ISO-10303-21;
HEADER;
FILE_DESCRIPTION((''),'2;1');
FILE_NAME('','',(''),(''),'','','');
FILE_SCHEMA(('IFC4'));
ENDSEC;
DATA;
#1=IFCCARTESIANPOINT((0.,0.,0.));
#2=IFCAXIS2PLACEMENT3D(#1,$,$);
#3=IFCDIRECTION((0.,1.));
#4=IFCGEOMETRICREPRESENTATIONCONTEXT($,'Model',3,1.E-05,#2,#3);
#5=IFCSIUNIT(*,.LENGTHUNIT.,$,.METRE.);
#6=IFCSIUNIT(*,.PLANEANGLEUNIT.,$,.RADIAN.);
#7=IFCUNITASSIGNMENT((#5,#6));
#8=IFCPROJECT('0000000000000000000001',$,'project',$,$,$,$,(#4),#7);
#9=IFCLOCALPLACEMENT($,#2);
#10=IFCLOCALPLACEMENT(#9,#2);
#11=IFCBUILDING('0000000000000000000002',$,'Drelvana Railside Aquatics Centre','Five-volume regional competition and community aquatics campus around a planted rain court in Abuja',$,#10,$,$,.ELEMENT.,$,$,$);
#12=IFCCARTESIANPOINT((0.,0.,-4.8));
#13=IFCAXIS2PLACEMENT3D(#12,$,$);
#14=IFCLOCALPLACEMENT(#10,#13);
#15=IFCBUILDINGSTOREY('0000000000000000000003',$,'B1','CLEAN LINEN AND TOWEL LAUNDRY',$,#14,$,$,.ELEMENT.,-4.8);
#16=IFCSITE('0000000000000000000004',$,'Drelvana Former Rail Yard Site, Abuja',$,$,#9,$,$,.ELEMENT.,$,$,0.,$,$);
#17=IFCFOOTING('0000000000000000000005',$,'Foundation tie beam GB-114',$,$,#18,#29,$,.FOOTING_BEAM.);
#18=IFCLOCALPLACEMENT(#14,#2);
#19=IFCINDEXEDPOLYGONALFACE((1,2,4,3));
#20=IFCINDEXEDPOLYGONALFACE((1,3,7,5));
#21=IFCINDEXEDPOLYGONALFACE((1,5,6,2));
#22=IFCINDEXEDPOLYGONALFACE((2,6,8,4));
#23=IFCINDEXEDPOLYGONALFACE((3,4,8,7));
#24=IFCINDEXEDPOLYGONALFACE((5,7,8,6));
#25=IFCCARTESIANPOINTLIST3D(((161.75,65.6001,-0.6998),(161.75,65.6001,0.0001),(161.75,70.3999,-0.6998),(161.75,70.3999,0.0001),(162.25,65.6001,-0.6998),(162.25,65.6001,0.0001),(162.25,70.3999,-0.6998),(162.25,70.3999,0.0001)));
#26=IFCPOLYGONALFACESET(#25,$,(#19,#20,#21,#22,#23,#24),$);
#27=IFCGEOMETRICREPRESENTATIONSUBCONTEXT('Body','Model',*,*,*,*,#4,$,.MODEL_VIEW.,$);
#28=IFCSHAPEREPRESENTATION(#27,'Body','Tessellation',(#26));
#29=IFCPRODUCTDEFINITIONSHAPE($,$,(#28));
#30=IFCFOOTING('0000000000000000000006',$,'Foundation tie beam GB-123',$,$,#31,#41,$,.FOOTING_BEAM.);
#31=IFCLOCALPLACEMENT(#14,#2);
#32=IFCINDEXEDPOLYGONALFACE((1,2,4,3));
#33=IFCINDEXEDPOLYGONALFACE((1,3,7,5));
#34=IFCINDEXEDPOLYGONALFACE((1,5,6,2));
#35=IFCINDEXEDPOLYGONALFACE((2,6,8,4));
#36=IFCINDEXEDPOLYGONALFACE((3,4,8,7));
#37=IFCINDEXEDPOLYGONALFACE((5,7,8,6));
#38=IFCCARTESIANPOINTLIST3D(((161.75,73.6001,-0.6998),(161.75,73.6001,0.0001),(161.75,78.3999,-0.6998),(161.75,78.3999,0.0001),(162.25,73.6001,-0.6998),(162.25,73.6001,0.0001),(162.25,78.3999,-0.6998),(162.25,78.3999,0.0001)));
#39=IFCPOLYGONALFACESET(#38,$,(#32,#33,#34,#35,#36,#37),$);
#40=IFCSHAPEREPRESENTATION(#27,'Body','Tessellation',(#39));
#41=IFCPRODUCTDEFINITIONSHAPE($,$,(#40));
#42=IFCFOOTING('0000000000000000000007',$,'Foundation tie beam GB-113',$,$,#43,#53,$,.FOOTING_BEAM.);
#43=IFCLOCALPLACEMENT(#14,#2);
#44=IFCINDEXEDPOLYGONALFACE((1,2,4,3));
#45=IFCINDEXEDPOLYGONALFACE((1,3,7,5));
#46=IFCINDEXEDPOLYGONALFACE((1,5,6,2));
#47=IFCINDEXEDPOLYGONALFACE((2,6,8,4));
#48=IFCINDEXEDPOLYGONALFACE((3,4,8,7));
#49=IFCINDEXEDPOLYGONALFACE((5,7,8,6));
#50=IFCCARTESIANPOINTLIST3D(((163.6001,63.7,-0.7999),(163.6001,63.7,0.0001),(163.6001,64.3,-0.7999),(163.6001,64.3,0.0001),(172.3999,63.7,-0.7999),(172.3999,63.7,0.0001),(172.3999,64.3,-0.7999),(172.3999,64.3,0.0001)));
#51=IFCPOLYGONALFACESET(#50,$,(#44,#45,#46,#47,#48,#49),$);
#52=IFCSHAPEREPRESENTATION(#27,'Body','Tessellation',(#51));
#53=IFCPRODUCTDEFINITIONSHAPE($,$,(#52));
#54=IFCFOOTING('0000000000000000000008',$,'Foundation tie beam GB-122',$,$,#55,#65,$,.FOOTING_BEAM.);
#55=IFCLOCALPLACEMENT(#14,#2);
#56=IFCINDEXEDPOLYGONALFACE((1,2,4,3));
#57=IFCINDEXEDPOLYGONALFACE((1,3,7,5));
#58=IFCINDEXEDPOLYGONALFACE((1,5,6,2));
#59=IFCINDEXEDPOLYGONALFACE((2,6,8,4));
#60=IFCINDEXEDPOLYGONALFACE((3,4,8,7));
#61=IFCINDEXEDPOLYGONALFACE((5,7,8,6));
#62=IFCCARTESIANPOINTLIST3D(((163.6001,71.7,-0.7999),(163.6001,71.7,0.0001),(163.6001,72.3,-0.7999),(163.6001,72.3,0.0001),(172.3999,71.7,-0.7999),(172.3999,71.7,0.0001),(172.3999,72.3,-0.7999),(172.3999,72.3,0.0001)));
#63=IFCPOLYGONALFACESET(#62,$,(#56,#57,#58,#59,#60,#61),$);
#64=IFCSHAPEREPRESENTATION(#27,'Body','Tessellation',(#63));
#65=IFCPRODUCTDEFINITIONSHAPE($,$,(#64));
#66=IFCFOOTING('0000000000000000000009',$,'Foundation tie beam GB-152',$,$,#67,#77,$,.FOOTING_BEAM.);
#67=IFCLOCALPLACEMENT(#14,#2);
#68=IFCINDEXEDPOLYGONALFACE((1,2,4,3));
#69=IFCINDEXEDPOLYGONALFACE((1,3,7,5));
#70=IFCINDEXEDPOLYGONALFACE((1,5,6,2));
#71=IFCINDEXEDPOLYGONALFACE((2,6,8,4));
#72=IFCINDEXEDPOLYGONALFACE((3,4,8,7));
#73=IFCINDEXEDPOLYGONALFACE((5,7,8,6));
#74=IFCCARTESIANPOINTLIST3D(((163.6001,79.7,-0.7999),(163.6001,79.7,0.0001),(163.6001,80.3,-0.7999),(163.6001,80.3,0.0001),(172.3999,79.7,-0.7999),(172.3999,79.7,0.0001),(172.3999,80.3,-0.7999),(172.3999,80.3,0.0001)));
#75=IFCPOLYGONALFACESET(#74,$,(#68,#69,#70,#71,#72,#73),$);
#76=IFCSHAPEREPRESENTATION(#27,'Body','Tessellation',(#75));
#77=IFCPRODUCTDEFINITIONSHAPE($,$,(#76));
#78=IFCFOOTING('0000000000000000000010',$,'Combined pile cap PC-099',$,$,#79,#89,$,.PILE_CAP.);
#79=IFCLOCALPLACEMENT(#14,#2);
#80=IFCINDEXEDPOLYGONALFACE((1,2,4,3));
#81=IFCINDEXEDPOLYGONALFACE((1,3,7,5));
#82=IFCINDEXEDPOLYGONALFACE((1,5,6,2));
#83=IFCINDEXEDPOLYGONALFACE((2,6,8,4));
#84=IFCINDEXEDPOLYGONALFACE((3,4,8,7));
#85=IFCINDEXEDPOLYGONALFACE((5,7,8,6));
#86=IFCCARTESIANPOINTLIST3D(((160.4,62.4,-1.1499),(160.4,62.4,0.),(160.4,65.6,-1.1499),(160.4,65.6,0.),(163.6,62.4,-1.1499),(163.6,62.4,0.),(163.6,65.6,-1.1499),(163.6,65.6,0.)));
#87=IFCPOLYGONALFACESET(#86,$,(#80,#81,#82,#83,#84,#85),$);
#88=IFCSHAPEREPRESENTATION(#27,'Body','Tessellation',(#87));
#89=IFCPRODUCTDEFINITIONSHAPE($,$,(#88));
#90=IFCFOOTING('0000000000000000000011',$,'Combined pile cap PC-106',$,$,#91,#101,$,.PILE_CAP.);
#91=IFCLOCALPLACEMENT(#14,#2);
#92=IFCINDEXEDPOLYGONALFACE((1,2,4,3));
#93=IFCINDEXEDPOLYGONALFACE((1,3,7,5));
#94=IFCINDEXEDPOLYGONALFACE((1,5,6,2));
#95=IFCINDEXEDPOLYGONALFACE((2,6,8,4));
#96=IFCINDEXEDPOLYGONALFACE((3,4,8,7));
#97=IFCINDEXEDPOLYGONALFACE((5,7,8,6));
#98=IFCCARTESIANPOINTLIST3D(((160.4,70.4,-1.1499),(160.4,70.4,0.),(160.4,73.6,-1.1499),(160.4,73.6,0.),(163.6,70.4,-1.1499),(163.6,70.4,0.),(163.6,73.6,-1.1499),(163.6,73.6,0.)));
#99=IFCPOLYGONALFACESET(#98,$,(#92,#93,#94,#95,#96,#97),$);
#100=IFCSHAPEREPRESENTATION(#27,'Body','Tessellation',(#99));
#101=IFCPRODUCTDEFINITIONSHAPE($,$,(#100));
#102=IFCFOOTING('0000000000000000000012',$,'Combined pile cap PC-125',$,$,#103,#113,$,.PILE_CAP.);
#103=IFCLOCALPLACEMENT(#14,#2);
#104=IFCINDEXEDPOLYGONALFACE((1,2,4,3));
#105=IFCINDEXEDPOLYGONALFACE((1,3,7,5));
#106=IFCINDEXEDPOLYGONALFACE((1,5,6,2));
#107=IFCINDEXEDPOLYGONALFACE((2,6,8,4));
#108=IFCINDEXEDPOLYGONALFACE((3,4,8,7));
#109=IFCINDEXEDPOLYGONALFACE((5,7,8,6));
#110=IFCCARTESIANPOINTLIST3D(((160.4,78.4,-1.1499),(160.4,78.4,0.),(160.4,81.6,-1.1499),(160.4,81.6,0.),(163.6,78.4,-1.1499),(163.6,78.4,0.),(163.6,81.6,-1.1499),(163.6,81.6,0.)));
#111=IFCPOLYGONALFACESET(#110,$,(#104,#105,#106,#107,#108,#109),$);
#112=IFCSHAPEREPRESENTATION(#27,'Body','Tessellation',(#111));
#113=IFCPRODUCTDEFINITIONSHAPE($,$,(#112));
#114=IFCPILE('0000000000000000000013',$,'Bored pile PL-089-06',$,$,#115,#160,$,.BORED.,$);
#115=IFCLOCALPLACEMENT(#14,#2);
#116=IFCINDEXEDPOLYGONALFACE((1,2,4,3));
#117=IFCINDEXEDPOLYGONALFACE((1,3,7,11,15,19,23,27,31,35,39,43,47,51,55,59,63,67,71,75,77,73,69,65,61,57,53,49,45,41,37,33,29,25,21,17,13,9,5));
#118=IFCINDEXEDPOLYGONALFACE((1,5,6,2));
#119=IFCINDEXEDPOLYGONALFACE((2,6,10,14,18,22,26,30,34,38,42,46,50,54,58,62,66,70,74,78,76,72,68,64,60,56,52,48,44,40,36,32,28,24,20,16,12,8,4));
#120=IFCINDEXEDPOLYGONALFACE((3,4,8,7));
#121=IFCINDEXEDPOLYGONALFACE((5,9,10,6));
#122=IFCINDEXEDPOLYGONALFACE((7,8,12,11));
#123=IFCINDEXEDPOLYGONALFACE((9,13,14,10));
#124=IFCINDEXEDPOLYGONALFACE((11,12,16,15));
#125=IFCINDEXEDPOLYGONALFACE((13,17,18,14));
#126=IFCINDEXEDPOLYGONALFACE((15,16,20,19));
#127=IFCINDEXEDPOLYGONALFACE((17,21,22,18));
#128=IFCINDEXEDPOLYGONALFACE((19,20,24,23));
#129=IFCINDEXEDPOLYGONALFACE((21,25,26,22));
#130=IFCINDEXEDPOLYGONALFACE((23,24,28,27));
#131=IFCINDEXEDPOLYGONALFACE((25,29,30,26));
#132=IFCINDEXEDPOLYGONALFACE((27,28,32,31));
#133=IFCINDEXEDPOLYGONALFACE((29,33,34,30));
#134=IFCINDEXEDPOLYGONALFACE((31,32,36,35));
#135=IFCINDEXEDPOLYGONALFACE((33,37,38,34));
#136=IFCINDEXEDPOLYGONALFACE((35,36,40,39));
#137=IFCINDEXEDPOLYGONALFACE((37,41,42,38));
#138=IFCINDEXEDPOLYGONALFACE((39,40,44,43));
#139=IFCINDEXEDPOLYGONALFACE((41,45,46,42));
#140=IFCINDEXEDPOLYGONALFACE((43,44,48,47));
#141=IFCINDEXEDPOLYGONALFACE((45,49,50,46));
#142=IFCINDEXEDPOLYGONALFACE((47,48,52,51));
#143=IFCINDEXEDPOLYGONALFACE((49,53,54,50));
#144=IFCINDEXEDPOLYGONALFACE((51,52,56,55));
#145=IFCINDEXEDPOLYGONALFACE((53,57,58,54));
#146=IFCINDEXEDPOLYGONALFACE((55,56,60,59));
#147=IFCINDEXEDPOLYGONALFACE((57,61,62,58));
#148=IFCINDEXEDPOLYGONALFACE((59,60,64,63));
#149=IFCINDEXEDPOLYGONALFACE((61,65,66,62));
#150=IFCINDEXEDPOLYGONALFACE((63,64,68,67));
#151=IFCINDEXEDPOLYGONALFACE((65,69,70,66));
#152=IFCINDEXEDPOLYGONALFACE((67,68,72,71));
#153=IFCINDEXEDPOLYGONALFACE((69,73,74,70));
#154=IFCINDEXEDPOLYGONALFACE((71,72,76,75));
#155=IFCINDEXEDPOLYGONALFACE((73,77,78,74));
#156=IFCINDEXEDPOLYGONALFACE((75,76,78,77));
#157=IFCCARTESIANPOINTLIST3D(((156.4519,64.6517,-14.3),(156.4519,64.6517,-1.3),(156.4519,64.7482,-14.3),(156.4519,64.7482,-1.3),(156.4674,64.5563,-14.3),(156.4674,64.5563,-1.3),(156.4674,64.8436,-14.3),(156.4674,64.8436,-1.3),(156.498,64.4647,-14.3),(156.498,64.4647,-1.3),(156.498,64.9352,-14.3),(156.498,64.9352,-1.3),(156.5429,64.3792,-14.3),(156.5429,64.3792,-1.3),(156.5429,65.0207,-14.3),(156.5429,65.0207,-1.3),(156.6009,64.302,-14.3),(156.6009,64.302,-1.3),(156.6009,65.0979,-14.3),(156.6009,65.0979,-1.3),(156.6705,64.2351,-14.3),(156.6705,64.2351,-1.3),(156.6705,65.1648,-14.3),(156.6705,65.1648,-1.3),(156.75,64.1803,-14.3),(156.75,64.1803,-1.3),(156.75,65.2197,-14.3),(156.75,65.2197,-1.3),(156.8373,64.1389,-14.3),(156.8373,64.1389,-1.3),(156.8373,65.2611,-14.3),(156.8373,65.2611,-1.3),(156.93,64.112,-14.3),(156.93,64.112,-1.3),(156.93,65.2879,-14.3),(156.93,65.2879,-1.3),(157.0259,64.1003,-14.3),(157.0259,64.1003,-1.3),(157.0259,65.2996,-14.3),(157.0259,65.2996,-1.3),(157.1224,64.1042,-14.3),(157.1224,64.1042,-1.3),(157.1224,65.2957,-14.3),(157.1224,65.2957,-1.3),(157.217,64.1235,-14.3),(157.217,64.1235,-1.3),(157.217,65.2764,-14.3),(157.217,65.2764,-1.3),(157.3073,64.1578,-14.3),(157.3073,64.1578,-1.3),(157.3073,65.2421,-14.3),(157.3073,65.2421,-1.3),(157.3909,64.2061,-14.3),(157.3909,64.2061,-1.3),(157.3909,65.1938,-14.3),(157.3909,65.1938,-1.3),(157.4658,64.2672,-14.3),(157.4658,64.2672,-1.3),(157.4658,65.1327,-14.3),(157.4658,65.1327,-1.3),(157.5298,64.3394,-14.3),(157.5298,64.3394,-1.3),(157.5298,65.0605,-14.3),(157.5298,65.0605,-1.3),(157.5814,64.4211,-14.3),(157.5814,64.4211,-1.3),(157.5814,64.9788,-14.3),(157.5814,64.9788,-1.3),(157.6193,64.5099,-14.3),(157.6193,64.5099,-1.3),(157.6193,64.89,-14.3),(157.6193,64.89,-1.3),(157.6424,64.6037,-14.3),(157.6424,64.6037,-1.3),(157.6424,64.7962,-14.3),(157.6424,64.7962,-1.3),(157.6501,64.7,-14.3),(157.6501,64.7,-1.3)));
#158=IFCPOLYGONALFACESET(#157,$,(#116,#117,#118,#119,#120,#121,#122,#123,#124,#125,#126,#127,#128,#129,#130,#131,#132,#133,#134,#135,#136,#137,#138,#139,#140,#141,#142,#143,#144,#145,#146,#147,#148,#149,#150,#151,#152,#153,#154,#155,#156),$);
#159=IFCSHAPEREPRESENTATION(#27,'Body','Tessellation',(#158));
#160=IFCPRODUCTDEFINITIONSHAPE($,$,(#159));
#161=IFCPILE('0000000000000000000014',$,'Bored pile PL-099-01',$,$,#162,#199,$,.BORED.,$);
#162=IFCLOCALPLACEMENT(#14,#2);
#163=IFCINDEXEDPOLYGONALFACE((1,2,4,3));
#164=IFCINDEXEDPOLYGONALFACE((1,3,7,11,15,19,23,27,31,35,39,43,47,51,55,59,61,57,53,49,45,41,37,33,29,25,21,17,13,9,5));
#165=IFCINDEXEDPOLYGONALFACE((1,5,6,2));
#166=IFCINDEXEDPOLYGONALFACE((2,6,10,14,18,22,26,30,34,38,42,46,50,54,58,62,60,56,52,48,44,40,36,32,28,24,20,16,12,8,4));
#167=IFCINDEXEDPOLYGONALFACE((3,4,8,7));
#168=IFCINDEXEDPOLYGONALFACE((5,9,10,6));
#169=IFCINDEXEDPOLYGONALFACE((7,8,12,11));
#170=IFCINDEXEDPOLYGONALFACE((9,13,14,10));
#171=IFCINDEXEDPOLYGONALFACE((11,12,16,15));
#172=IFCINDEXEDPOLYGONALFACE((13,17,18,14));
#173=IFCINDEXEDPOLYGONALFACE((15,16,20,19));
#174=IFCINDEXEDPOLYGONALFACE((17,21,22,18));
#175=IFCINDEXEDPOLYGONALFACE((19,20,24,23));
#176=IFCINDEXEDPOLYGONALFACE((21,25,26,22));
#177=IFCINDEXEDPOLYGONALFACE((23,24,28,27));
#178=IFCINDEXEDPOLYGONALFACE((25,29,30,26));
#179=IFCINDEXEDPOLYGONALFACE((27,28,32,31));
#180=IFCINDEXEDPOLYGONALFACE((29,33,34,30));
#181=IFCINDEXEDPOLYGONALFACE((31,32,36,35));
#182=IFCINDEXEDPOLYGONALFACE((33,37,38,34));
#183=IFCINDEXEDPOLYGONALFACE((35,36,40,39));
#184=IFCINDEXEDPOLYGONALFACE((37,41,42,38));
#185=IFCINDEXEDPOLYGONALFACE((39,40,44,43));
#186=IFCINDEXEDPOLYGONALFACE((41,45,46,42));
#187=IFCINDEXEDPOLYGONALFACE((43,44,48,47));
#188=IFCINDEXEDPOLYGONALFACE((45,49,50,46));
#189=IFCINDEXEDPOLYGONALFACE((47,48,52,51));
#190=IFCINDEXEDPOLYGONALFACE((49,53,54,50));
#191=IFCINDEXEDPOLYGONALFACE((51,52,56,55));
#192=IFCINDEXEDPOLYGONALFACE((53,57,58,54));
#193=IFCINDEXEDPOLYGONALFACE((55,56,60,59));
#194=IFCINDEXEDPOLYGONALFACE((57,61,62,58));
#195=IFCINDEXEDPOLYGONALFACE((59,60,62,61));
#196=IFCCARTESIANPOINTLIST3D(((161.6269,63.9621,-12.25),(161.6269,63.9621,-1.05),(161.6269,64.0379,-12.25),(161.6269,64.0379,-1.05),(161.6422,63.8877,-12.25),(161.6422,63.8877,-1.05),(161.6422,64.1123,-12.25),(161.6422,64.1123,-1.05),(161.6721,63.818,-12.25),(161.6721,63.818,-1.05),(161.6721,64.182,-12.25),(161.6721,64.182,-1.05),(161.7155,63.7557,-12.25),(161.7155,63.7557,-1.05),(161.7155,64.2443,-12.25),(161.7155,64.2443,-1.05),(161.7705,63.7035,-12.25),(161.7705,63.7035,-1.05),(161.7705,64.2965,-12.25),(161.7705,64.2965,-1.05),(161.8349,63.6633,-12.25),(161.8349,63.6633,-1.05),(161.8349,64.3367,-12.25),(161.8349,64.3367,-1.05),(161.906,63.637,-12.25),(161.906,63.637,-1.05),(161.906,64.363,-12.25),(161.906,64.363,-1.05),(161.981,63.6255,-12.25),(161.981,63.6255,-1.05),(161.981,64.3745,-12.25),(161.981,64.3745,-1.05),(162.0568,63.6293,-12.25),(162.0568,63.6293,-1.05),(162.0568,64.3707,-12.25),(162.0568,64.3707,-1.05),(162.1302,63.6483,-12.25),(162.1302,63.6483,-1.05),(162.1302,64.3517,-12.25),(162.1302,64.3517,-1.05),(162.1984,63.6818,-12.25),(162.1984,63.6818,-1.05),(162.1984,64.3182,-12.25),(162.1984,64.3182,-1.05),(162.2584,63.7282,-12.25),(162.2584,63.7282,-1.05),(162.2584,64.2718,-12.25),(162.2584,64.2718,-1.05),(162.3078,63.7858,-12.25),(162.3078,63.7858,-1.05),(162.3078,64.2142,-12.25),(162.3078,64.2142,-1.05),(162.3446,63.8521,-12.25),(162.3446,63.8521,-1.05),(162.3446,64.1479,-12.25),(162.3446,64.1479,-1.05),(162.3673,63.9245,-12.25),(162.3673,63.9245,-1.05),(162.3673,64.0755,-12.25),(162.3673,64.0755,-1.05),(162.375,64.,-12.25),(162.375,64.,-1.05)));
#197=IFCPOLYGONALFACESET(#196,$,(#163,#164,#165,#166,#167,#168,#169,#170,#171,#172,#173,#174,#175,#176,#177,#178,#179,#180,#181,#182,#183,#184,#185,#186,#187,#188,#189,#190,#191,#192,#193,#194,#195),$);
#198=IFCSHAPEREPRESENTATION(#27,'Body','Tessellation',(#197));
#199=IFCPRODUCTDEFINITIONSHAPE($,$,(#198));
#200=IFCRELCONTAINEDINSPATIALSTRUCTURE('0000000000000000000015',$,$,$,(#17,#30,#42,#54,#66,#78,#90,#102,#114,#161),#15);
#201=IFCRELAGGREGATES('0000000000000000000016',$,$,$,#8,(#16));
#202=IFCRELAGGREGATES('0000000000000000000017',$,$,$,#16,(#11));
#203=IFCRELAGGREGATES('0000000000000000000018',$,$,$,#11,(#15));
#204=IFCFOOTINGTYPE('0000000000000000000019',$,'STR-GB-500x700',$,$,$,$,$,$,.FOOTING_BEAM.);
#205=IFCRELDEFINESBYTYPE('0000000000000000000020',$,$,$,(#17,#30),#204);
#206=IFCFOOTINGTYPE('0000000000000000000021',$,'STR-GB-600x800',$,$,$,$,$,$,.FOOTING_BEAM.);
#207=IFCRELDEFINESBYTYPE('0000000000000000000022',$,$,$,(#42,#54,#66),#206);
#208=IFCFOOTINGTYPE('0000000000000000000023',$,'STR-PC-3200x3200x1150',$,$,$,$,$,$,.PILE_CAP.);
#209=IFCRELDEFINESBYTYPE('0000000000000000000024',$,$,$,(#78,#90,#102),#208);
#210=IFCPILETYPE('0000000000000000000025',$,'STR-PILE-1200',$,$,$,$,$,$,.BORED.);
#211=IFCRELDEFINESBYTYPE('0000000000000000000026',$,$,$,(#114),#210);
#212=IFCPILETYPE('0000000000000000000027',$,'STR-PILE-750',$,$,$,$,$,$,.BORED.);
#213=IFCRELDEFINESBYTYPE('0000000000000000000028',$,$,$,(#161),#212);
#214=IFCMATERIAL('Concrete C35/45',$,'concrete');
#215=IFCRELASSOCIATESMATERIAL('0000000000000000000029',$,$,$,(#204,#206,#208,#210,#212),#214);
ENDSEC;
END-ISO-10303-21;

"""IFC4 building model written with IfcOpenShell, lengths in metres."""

from ifc_helpers import new_model, si_unit, direction, frame, origin, origin_2d, place, context, subcontext, project, spatial, rectangle, circle, extrude, material, material_profile, profile_set, type_object, element, save


model = new_model("IFC4")

# Units and contexts
model_context = context("Model", 3, precision=1e-05, world=origin(), true_north=direction((0.0, 1.0)))
body_context = subcontext(model_context, "Body", "Model", "MODEL_VIEW")
ifc_project = project(units=[si_unit("LENGTHUNIT", "METRE"), si_unit("PLANEANGLEUNIT", "RADIAN")], contexts=[model_context])

# Site, building, storey
site_placement = place(None, origin())
site = spatial("IfcSite", under=ifc_project, at=site_placement, Name="Drelvana Former Rail Yard Site, Abuja", CompositionType="ELEMENT", RefElevation=0.0)
building_placement = place(site_placement, origin())
building = spatial("IfcBuilding", under=site, at=building_placement, Name="Drelvana Railside Aquatics Centre", Description="Five-volume regional competition and community aquatics campus around a planted rain court in Abuja", CompositionType="ELEMENT")
storey_placement = place(building_placement, frame((0.0, 0.0, -4.8)))
storey = spatial("IfcBuildingStorey", under=building, at=storey_placement, Name="B1", Description="CLEAN LINEN AND TOWEL LAUNDRY", CompositionType="ELEMENT", Elevation=-4.8)

# Footings
ifc_material_1 = material(Name="Concrete C35/45", Category="concrete")
ifc_material_profile_1 = material_profile(ifc_material_1, rectangle(XDim=0.5, YDim=0.7, at=origin_2d()), Name="GB 500x700")
ifc_profile_set_1 = profile_set([ifc_material_profile_1], Name="Concrete C35/45")
footing_type_1 = type_object("IfcFootingType", Name="STR-GB-500x700", PredefinedType="FOOTING_BEAM", material=ifc_profile_set_1)
for number, where, z_axis, x_axis, name in (
    (1, (162.0, 65.6001, -0.3499), (0.0, 1.0, 0.0), (-1.0, 0.0, 0.0), "Foundation tie beam GB-114"),
    (2, (162.0, 73.6001, -0.3499), (0.0, 1.0, 0.0), (-1.0, 0.0, 0.0), "Foundation tie beam GB-123"),
):
    element("IfcFooting", number, at=place(storey_placement, frame(where, z_axis=z_axis, x_axis=x_axis)), inside=storey, type_object=footing_type_1, Name=name, PredefinedType="FOOTING_BEAM", context=body_context, shape_type="SweptSolid", body=[
        extrude(rectangle(XDim=0.5, YDim=0.7, at=origin_2d()), origin(), (0.0, 0.0, 1.0), 4.7998),
    ])
ifc_material_profile_2 = material_profile(ifc_material_1, rectangle(XDim=0.6001, YDim=0.8, at=origin_2d()), Name="GB 600x800")
ifc_profile_set_2 = profile_set([ifc_material_profile_2], Name="Concrete C35/45")
footing_type_2 = type_object("IfcFootingType", Name="STR-GB-600x800", PredefinedType="FOOTING_BEAM", material=ifc_profile_set_2)
for number, where, z_axis, x_axis, name in (
    (3, (163.6001, 64.0, -0.3999), (1.0, 0.0, 0.0), (0.0, 1.0, 0.0), "Foundation tie beam GB-113"),
    (4, (163.6001, 72.0, -0.3999), (1.0, 0.0, 0.0), (0.0, 1.0, 0.0), "Foundation tie beam GB-122"),
    (5, (163.6001, 80.0, -0.3999), (1.0, 0.0, 0.0), (0.0, 1.0, 0.0), "Foundation tie beam GB-152"),
):
    element("IfcFooting", number, at=place(storey_placement, frame(where, z_axis=z_axis, x_axis=x_axis)), inside=storey, type_object=footing_type_2, Name=name, PredefinedType="FOOTING_BEAM", context=body_context, shape_type="SweptSolid", body=[
        extrude(rectangle(XDim=0.6001, YDim=0.8, at=origin_2d()), origin(), (0.0, 0.0, 1.0), 8.7998),
    ])
footing_type_3 = type_object("IfcFootingType", Name="STR-PC-3200x3200x1150", PredefinedType="PILE_CAP", material=ifc_material_1)
for number, where, z_axis, x_axis, name in (
    (6, (162.0, 64.0, -1.1499), (0.0, 0.0, 1.0), (1.0, 0.0, 0.0), "Combined pile cap PC-099"),
    (7, (162.0, 72.0, -1.1499), (0.0, 0.0, 1.0), (1.0, 0.0, 0.0), "Combined pile cap PC-106"),
    (8, (162.0, 80.0, -1.1499), (0.0, 0.0, 1.0), (1.0, 0.0, 0.0), "Combined pile cap PC-125"),
):
    element("IfcFooting", number, at=place(storey_placement, frame(where, z_axis=z_axis, x_axis=x_axis)), inside=storey, type_object=footing_type_3, Name=name, PredefinedType="PILE_CAP", context=body_context, shape_type="SweptSolid", body=[
        extrude(rectangle(XDim=3.2, YDim=3.2, at=origin_2d()), origin(), (0.0, 0.0, 1.0), 1.1499),
    ])

# Piles
ifc_material_profile_3 = material_profile(ifc_material_1, circle(Radius=0.6001, at=origin_2d()), Name="PILE D1200")
ifc_profile_set_3 = profile_set([ifc_material_profile_3], Name="Concrete C35/45")
pile_type_1 = type_object("IfcPileType", Name="STR-PILE-1200", PredefinedType="BORED", material=ifc_profile_set_3)
pile_placement = place(storey_placement, frame((157.05, 64.7, -1.3), z_axis=(0.0, 0.0, -1.0), x_axis=(1.0, 0.0, 0.0)))
element("IfcPile", 9, at=pile_placement, inside=storey, type_object=pile_type_1, Name="Bored pile PL-089-06", PredefinedType="BORED", context=body_context, shape_type="SweptSolid", body=[
    extrude(circle(Radius=0.6001, at=origin_2d()), origin(), (0.0, 0.0, 1.0), 13.0),
])
ifc_material_profile_4 = material_profile(ifc_material_1, circle(Radius=0.375, at=origin_2d()), Name="PILE D750")
ifc_profile_set_4 = profile_set([ifc_material_profile_4], Name="Concrete C35/45")
pile_type_2 = type_object("IfcPileType", Name="STR-PILE-750", PredefinedType="BORED", material=ifc_profile_set_4)
for number, where, z_axis, x_axis, name in (
    (10, (162.0, 64.0, -1.05), (0.0, 0.0, -1.0), (1.0, 0.0, 0.0), "Bored pile PL-099-01"),
):
    element("IfcPile", number, at=place(storey_placement, frame(where, z_axis=z_axis, x_axis=x_axis)), inside=storey, type_object=pile_type_2, Name=name, PredefinedType="BORED", context=body_context, shape_type="SweptSolid", body=[
        extrude(circle(Radius=0.375, at=origin_2d()), origin(), (0.0, 0.0, 1.0), 11.2),
    ])

save(model, "model.ifc")
